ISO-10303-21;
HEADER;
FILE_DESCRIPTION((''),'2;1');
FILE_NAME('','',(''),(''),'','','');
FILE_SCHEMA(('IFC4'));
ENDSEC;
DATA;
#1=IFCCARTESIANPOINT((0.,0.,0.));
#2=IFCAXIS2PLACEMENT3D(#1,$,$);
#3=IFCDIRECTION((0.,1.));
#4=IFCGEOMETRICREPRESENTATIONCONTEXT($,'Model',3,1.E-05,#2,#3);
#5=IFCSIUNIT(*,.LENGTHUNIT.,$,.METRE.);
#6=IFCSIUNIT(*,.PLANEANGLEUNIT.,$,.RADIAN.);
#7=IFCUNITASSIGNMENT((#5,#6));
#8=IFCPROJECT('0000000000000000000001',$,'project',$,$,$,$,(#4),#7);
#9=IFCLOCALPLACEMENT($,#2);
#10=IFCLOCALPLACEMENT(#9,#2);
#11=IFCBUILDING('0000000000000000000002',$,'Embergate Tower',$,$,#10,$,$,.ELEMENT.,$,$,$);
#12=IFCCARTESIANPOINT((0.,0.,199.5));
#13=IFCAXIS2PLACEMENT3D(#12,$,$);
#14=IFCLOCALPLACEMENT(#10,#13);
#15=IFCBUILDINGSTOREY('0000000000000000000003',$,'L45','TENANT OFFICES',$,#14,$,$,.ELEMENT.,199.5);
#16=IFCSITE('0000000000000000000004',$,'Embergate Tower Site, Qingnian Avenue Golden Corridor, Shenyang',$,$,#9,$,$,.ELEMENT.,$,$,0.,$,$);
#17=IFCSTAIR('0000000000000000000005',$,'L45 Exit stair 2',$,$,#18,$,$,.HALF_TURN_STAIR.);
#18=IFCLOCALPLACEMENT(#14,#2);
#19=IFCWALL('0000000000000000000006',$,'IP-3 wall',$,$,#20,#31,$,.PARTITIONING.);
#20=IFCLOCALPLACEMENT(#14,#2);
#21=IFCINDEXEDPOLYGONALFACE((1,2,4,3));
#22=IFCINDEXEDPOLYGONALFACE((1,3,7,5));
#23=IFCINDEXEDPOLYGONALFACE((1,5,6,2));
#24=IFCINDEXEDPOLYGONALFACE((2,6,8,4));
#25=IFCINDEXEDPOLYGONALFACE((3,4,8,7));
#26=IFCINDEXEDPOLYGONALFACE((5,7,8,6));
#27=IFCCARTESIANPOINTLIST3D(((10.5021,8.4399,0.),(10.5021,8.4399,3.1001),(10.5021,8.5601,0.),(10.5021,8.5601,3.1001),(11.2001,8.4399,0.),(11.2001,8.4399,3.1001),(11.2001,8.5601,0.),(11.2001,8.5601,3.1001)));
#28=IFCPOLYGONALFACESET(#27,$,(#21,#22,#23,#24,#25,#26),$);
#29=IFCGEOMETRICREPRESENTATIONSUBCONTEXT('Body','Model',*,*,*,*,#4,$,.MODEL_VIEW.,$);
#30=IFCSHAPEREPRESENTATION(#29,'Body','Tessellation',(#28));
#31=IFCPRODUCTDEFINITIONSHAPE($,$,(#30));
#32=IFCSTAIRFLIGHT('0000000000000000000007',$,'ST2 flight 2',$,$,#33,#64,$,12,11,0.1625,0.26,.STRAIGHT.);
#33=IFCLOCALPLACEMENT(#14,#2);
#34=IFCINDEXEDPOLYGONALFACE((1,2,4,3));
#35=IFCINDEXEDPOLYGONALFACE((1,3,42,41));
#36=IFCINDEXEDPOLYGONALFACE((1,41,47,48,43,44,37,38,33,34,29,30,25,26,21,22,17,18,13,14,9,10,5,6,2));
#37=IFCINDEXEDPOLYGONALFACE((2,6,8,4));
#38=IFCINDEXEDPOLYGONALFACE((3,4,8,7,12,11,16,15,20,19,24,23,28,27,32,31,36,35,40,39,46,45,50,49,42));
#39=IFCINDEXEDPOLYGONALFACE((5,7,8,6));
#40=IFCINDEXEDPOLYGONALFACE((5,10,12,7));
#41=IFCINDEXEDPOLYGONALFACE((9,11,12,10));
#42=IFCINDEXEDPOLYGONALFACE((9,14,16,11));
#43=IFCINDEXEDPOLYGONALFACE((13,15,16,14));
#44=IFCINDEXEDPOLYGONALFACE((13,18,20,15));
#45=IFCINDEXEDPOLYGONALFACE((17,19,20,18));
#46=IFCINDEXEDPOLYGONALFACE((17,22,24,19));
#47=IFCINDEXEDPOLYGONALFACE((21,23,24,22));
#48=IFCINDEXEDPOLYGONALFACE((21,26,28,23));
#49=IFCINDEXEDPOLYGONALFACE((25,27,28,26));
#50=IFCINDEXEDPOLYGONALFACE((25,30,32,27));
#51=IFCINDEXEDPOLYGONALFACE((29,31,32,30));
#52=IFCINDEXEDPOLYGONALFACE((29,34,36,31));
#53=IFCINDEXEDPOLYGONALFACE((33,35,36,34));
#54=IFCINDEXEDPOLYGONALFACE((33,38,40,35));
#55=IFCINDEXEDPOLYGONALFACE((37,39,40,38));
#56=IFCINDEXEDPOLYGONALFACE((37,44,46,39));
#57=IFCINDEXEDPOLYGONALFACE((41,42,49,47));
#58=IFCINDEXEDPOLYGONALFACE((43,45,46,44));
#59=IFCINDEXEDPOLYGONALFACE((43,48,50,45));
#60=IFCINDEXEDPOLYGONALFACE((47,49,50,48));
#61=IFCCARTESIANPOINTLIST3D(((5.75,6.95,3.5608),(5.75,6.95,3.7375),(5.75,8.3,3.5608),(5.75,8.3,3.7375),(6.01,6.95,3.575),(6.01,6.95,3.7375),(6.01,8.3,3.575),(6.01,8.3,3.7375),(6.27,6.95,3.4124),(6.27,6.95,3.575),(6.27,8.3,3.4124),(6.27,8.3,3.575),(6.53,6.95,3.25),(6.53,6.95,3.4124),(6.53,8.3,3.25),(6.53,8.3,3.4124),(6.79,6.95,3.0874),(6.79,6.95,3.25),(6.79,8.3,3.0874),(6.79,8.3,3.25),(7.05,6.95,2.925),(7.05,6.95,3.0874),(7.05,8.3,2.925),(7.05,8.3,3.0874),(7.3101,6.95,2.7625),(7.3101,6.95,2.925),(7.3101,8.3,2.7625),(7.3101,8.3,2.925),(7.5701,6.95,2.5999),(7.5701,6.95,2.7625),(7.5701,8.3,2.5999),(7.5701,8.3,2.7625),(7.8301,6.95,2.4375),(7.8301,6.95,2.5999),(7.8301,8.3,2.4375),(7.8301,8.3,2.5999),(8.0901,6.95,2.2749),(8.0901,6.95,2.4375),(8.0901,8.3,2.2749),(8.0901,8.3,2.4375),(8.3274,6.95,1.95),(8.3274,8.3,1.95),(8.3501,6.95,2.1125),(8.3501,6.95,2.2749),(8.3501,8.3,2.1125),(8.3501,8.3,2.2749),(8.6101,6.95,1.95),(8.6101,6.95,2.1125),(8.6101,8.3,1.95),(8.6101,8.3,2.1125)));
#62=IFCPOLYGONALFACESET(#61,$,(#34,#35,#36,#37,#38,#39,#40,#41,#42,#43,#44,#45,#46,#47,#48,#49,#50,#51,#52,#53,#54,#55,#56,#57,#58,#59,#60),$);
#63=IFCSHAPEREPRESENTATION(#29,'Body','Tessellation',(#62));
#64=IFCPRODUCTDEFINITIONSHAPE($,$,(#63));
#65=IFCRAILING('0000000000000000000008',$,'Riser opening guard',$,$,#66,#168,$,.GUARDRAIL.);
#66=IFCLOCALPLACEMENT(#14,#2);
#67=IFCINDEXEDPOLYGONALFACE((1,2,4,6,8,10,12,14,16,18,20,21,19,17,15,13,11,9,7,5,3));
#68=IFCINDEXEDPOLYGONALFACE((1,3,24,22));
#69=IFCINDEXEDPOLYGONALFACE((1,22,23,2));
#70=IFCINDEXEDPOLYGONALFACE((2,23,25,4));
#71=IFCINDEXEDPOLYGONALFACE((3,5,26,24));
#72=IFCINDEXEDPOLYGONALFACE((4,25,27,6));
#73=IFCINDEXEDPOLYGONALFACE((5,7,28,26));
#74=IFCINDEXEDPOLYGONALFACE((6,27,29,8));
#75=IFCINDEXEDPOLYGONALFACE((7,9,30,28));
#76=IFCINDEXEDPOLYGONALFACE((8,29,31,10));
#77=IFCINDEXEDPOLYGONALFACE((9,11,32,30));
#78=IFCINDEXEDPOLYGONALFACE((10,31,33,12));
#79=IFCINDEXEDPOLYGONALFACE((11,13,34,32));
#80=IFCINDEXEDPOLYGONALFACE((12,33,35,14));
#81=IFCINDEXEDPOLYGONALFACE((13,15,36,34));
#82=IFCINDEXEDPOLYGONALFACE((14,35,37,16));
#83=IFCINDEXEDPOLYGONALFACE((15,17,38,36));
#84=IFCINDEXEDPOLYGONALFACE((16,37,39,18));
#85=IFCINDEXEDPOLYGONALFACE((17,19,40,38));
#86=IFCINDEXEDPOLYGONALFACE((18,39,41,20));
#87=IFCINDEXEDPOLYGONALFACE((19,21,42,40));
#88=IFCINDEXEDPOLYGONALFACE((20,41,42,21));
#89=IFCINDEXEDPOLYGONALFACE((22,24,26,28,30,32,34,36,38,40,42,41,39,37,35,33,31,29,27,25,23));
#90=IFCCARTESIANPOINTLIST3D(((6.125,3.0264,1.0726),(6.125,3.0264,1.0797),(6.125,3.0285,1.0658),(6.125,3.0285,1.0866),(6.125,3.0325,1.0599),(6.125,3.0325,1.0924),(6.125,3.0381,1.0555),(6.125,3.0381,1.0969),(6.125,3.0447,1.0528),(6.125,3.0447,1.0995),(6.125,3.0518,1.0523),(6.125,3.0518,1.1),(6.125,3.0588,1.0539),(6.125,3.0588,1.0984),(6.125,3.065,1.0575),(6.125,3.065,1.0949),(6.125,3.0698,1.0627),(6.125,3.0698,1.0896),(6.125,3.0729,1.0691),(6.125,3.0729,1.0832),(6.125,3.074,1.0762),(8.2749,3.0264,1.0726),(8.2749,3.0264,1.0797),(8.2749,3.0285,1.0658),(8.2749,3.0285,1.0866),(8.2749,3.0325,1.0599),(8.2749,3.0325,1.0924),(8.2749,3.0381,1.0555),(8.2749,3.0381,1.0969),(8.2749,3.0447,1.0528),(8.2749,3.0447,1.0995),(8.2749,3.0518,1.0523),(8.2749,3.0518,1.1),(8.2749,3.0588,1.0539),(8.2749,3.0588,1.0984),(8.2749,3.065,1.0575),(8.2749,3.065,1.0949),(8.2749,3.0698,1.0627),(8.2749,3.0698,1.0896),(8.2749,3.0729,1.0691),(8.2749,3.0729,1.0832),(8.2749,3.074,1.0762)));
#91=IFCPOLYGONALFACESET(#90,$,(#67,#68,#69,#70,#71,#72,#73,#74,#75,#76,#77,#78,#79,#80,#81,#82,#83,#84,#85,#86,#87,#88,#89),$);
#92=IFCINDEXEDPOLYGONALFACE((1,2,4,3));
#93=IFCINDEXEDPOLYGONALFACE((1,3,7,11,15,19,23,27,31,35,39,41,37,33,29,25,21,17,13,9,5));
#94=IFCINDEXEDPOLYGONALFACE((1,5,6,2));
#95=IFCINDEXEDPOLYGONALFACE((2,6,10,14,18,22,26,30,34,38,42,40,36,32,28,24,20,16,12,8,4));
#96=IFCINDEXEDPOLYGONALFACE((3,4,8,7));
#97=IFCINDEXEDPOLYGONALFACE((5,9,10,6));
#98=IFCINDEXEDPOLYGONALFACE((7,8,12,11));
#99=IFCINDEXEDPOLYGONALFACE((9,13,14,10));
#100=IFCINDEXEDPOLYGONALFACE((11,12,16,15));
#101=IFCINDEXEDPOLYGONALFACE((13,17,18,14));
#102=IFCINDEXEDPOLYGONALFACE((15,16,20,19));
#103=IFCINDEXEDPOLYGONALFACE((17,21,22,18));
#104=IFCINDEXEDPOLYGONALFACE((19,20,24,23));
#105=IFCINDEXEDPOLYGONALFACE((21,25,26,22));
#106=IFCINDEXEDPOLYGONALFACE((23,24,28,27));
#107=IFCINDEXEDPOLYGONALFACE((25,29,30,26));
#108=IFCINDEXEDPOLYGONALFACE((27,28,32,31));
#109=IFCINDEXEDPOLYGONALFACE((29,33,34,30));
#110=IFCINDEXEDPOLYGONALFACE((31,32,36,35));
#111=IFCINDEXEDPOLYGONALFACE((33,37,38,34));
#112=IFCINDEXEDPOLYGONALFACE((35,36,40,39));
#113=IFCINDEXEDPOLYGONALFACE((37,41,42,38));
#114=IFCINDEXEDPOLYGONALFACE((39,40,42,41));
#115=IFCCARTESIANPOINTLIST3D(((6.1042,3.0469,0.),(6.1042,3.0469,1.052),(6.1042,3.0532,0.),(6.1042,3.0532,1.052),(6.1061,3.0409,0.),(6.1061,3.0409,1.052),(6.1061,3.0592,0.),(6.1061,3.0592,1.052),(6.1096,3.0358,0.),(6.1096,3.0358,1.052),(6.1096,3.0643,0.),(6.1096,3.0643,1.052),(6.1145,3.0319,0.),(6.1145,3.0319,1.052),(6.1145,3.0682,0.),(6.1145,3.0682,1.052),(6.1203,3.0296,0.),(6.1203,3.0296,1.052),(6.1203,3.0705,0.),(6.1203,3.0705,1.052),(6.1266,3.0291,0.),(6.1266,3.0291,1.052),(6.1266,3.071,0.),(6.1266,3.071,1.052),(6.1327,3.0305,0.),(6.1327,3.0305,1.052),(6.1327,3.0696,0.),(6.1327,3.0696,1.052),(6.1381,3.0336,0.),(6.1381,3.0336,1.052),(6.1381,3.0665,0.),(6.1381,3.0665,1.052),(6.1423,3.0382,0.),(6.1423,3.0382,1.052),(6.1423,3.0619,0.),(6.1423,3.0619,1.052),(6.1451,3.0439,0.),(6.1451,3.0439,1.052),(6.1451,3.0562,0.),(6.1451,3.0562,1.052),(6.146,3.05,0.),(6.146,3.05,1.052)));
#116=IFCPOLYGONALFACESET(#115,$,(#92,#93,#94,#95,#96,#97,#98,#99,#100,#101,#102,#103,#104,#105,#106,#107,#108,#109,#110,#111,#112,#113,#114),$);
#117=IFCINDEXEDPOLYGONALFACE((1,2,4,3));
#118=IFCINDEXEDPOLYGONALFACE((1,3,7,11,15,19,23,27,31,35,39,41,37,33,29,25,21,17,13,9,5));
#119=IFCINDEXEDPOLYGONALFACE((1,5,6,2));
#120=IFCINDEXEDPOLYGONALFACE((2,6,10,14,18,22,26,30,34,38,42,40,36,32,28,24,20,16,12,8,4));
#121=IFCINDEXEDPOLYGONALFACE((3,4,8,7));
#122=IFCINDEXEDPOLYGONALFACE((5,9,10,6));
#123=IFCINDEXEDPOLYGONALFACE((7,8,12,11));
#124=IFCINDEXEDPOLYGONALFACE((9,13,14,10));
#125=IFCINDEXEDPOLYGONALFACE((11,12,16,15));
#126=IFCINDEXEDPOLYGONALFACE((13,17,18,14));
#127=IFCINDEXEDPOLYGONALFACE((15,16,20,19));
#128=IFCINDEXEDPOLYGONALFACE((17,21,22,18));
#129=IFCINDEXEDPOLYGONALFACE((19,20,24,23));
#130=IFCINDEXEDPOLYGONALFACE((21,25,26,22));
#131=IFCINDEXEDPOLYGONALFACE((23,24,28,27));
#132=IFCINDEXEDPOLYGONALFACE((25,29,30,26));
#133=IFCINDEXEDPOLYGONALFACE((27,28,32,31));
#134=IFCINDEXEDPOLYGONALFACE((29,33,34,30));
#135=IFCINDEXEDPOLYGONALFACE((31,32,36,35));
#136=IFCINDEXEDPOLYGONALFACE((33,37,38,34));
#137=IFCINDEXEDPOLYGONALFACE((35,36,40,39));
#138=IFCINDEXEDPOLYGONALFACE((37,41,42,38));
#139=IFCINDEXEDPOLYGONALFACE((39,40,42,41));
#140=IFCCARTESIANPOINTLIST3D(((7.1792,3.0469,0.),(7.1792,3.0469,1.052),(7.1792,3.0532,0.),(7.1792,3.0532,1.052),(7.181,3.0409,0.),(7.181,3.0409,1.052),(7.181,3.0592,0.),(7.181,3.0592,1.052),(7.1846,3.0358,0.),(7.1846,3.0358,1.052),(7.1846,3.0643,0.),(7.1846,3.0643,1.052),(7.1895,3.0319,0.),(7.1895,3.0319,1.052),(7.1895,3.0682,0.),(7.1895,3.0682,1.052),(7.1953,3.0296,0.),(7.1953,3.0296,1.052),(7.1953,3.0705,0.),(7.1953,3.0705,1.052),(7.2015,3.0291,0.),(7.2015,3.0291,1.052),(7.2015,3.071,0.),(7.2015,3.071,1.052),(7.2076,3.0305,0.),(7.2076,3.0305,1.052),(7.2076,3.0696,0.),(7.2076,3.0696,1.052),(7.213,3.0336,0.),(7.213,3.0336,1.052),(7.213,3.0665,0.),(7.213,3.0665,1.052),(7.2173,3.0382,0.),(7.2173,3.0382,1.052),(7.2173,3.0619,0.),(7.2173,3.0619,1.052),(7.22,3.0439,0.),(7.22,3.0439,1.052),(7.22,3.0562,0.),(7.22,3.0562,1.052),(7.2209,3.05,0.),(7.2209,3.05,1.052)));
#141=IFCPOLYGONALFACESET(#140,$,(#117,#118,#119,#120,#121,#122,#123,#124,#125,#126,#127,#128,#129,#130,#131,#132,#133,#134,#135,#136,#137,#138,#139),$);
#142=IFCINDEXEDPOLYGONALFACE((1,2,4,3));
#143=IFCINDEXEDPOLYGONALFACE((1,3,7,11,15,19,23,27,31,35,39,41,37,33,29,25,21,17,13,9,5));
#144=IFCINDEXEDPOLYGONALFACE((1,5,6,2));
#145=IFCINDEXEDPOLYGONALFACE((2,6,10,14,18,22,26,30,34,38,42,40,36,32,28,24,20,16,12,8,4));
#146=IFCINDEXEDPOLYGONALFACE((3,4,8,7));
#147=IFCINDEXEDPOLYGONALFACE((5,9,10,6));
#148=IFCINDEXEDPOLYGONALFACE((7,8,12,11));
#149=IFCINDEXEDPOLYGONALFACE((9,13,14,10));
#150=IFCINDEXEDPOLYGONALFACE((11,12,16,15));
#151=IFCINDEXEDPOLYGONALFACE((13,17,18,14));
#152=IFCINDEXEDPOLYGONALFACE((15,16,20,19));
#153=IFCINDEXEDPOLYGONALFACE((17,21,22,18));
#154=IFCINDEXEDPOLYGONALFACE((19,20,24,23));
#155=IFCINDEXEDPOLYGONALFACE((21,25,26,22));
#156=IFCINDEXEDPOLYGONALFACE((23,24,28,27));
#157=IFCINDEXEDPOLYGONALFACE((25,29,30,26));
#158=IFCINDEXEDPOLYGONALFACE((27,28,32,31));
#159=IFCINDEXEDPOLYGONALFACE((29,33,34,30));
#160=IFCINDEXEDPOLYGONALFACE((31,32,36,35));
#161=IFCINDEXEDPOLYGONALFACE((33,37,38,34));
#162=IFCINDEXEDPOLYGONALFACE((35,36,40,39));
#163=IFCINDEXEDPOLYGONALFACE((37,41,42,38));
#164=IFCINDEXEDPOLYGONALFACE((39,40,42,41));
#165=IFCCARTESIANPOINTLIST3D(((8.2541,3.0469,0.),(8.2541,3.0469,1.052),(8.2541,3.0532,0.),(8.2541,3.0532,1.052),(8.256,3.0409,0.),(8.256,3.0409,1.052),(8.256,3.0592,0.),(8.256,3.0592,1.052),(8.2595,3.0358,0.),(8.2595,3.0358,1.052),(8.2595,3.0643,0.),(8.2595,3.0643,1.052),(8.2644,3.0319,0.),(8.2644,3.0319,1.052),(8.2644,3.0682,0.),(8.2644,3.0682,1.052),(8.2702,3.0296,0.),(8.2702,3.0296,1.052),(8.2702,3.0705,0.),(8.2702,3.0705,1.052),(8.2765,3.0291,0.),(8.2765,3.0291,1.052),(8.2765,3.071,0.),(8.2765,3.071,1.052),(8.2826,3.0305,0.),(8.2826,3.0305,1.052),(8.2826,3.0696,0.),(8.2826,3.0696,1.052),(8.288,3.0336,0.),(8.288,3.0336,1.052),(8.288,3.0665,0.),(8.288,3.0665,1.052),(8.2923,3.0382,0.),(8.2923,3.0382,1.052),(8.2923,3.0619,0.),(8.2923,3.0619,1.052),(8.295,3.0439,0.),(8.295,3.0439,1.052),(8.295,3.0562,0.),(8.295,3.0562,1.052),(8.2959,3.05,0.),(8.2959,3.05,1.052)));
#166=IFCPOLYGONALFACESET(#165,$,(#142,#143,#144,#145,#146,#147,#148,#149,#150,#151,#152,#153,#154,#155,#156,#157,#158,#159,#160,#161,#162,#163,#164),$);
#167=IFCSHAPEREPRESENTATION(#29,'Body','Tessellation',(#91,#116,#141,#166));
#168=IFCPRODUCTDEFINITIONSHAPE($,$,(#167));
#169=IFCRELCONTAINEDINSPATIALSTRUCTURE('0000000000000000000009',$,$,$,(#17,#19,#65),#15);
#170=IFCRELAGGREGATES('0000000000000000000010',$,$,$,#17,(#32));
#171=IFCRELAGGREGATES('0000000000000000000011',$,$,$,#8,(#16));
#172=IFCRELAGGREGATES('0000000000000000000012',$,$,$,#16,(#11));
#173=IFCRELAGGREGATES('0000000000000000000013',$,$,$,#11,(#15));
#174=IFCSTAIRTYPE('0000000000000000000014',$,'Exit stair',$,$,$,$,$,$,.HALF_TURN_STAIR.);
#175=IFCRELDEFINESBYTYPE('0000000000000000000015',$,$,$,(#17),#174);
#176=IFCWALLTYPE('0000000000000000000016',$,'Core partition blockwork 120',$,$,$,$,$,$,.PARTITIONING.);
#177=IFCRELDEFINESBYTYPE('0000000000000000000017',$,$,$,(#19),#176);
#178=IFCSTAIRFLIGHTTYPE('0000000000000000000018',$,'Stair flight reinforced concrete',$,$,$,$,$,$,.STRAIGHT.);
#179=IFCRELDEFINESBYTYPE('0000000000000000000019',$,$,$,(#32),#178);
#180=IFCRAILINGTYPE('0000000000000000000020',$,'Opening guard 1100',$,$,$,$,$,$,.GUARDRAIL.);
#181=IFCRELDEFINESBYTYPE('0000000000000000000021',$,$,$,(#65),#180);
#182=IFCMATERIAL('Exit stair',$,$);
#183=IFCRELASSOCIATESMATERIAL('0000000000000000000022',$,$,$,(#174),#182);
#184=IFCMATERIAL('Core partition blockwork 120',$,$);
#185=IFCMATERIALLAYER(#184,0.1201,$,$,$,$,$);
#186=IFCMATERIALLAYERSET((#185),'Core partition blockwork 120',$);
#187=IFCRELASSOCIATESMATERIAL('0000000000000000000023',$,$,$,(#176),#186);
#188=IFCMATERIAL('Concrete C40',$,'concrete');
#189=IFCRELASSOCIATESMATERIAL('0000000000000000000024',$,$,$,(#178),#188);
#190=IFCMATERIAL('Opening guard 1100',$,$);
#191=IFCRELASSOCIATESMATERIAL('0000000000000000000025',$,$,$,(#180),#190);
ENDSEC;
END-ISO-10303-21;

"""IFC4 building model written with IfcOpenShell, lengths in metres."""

from ifc_helpers import new_model, si_unit, direction, frame, frame_2d, origin, origin_2d, place, context, subcontext, project, spatial, polyline, rectangle, circle, outline, extrude, source, transform, mapped, material, layer, layer_set, type_object, element, aggregate, save


model = new_model("IFC4")

# Units and contexts
model_context = context("Model", 3, precision=1e-05, world=origin(), true_north=direction((0.0, 1.0)))
body_context = subcontext(model_context, "Body", "Model", "MODEL_VIEW")
ifc_project = project(units=[si_unit("LENGTHUNIT", "METRE"), si_unit("PLANEANGLEUNIT", "RADIAN")], contexts=[model_context])

# Site, building, storey
site_placement = place(None, origin())
site = spatial("IfcSite", under=ifc_project, at=site_placement, Name="Embergate Tower Site, Qingnian Avenue Golden Corridor, Shenyang", CompositionType="ELEMENT", RefElevation=0.0)
building_placement = place(site_placement, origin())
building = spatial("IfcBuilding", under=site, at=building_placement, Name="Embergate Tower", CompositionType="ELEMENT")
storey_placement = place(building_placement, frame((0.0, 0.0, 199.5)))
storey = spatial("IfcBuildingStorey", under=building, at=storey_placement, Name="L45", Description="TENANT OFFICES", CompositionType="ELEMENT", Elevation=199.5)

# Stair
ifc_material_1 = material(Name="Exit stair")
stair_type = type_object("IfcStairType", Name="Exit stair", PredefinedType="HALF_TURN_STAIR", material=ifc_material_1)
stair_placement = place(storey_placement, origin())
stair = element("IfcStair", 1, at=stair_placement, inside=storey, type_object=stair_type, Name="L45 Exit stair 2", PredefinedType="HALF_TURN_STAIR")
ifc_material_2 = material(Name="Concrete C40", Category="concrete")

# Wall
ifc_material_3 = material(Name="Core partition blockwork 120")
ifc_layer_1 = layer(ifc_material_3, 0.1201)
ifc_layer_set_1 = layer_set([ifc_layer_1], Name="Core partition blockwork 120")
wall_type_1 = type_object("IfcWallType", Name="Core partition blockwork 120", PredefinedType="PARTITIONING", material=ifc_layer_set_1)
shared_shape_1 = source(origin(), body_context, "Body", "SweptSolid", [
    extrude(rectangle(XDim=0.698, YDim=0.1201, at=frame_2d((0.3491, 0.0))), origin(), (0.0, 0.0, 1.0), 3.1001),
])
wall_1_placement = place(storey_placement, frame((10.502, 8.5, 0.0), z_axis=(0.0, 0.0, 1.0), x_axis=(1.0, 0.0, 0.0)))
element("IfcWall", 2, at=wall_1_placement, inside=storey, type_object=wall_type_1, Name="IP-3 wall", PredefinedType="PARTITIONING", context=body_context, shape_type="MappedRepresentation", body=[
    mapped(shared_shape_1, transform((0.0, 0.0, 0.0))),
])

# Stair flight
stair_flight_type = type_object("IfcStairFlightType", Name="Stair flight reinforced concrete", PredefinedType="STRAIGHT", material=ifc_material_2)
shared_shape_2 = source(origin(), body_context, "Body", "SweptSolid", [
    extrude(outline(polyline([(0.0, 0.0), (0.0, 0.1626), (0.26, 0.1626), (0.26, 0.325), (0.52, 0.325), (0.52, 0.4875), (0.78, 0.4875), (0.78, 0.6499), (1.04, 0.6499), (1.04, 0.8125), (1.3, 0.8125), (1.3, 0.9751), (1.5601, 0.9751), (1.5601, 1.1375), (1.8201, 1.1375), (1.8201, 1.3), (2.0801, 1.3), (2.0801, 1.4624), (2.3401, 1.4624), (2.3401, 1.625), (2.6001, 1.625), (2.6001, 1.7876), (2.8601, 1.7876), (2.8601, 1.95), (2.8601, 1.6108), (0.2827, 0.0), (0.0, 0.0)])), frame((0.0, 0.675, 0.0), z_axis=(0.0, -1.0, 0.0), x_axis=(1.0, 0.0, 0.0)), (0.0, 0.0, 1.0), 1.3501),
])
stair_flight_placement = place(storey_placement, frame((8.6101, 7.625, 1.95), z_axis=(0.0, 0.0, 1.0), x_axis=(-1.0, 0.0, 0.0)))
stair_flight = element("IfcStairFlight", 3, at=stair_flight_placement, type_object=stair_flight_type, Name="ST2 flight 2", NumberOfRisers=12, NumberOfTreads=11, PredefinedType="STRAIGHT", RiserHeight=0.1625, TreadLength=0.26, context=body_context, shape_type="MappedRepresentation", body=[
    mapped(shared_shape_2, transform((0.0, 0.0, 0.0))),
])
aggregate(stair, [stair_flight])

# Railing
ifc_material_4 = material(Name="Opening guard 1100")
railing_type = type_object("IfcRailingType", Name="Opening guard 1100", PredefinedType="GUARDRAIL", material=ifc_material_4)
shared_shape_3 = source(origin(), body_context, "Body", "SweptSolid", [
    extrude(circle(Radius=0.0239, at=origin_2d()), frame((0.0, 0.0, 1.0762), z_axis=(1.0, 0.0, 0.0), x_axis=(0.0, 1.0, 0.0)), (0.0, 0.0, 1.0), 2.1499),
    extrude(circle(Radius=0.021, at=origin_2d()), origin(), (0.0, 0.0, 1.0), 1.052),
    extrude(circle(Radius=0.021, at=origin_2d()), frame((1.075, 0.0, 0.0)), (0.0, 0.0, 1.0), 1.052),
    extrude(circle(Radius=0.021, at=origin_2d()), frame((2.1499, 0.0, 0.0)), (0.0, 0.0, 1.0), 1.052),
])
railing_placement = place(storey_placement, frame((6.125, 3.05, 0.0)))
element("IfcRailing", 4, at=railing_placement, inside=storey, type_object=railing_type, Name="Riser opening guard", PredefinedType="GUARDRAIL", context=body_context, shape_type="MappedRepresentation", body=[
    mapped(shared_shape_3, transform((0.0, 0.0, 0.0))),
])

save(model, "model.ifc")
